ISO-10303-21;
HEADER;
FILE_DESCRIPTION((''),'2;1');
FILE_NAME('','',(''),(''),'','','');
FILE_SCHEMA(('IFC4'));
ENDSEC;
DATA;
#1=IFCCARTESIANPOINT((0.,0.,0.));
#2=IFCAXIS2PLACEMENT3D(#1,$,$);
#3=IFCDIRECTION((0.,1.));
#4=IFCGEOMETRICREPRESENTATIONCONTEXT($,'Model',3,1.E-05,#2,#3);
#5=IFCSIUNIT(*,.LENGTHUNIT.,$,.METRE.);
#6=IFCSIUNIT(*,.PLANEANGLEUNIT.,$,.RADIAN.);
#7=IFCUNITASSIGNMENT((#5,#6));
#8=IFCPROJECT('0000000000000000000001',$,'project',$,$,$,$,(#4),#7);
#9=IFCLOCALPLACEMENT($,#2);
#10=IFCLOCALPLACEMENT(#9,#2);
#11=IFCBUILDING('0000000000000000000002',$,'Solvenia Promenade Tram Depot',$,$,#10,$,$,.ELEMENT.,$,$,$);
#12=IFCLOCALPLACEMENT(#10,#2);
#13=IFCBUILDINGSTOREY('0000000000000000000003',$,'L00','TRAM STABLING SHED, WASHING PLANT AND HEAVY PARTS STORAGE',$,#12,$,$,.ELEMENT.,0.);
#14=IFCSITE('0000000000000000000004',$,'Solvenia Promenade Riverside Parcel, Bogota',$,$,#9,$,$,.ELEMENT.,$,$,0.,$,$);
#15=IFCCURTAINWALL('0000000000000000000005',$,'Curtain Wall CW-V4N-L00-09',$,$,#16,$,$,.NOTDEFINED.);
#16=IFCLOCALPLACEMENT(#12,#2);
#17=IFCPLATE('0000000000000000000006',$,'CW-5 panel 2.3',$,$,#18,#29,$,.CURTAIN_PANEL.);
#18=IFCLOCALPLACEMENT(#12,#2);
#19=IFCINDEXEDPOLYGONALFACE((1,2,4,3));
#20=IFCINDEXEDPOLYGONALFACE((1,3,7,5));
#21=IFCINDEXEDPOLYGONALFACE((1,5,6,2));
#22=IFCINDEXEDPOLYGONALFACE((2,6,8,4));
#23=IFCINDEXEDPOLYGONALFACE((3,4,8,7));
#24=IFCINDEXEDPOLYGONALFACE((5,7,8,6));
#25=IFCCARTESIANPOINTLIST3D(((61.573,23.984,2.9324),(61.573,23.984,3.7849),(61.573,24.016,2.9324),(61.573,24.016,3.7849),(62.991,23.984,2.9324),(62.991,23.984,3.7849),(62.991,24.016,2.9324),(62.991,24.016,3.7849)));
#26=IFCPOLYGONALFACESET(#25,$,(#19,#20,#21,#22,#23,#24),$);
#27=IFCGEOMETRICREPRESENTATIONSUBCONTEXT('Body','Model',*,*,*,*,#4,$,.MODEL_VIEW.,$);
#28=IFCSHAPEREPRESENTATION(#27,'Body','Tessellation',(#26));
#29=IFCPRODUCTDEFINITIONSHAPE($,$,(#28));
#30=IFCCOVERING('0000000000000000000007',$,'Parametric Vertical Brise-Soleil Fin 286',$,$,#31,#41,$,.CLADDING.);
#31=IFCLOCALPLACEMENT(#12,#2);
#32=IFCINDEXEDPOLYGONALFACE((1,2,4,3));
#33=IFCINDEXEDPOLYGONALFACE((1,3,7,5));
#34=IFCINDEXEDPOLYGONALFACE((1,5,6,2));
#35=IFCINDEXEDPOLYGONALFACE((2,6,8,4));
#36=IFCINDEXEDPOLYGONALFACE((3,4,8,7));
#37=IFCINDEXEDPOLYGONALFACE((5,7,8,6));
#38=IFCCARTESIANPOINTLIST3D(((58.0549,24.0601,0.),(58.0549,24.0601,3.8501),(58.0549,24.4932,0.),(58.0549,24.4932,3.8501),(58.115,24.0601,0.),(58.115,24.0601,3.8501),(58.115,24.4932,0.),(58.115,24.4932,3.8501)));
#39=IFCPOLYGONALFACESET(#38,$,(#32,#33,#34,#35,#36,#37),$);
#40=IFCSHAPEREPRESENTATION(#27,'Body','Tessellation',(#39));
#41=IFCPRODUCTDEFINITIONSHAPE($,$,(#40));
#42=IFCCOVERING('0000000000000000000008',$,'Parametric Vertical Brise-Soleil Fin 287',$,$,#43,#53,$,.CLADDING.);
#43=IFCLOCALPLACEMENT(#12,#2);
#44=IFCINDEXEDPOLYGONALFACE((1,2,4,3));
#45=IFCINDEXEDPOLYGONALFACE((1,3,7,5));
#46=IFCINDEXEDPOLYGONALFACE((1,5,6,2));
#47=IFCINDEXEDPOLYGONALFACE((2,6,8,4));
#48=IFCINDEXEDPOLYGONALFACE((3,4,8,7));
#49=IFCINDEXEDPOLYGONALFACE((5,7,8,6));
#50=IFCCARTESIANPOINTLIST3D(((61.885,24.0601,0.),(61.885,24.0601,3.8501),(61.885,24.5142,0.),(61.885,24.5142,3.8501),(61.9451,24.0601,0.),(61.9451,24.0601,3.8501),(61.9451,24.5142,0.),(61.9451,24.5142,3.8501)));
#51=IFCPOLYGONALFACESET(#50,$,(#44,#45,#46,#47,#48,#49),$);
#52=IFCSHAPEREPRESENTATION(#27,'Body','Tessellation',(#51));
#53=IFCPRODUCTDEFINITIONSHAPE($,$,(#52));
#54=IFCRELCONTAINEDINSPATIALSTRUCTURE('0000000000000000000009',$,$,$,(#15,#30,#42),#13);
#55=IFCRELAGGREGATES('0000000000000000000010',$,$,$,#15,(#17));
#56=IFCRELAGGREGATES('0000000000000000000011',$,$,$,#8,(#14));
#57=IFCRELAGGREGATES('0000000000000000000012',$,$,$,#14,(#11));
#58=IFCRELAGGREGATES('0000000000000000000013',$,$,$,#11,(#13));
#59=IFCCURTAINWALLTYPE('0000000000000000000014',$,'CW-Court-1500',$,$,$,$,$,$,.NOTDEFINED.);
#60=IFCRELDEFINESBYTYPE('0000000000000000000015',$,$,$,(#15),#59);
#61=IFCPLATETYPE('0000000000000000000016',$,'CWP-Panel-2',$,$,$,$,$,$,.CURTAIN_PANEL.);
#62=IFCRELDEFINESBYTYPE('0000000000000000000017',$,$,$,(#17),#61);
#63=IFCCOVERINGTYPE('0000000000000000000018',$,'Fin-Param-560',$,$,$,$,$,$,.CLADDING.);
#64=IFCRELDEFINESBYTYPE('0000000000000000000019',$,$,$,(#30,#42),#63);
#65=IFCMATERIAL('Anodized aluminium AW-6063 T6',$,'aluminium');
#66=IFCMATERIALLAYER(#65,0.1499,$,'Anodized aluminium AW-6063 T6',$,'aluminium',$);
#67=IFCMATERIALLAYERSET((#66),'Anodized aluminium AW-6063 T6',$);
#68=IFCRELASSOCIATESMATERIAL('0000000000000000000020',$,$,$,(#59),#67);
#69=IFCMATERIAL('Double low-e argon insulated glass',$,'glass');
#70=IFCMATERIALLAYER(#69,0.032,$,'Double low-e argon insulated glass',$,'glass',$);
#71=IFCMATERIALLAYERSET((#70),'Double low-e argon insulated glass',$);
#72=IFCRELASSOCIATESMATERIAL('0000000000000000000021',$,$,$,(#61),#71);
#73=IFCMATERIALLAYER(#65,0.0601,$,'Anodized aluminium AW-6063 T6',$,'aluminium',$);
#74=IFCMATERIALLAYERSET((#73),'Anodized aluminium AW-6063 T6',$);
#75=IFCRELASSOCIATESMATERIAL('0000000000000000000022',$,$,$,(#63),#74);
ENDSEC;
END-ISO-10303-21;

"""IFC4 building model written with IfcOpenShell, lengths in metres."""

from ifc_helpers import new_model, si_unit, direction, frame, origin, origin_2d, place, context, subcontext, project, spatial, rectangle, extrude, material, layer, layer_set, type_object, element, aggregate, save


model = new_model("IFC4")

# Units and contexts
model_context = context("Model", 3, precision=1e-05, world=origin(), true_north=direction((0.0, 1.0)))
body_context = subcontext(model_context, "Body", "Model", "MODEL_VIEW")
ifc_project = project(units=[si_unit("LENGTHUNIT", "METRE"), si_unit("PLANEANGLEUNIT", "RADIAN")], contexts=[model_context])

# Site, building, storey
site_placement = place(None, origin())
site = spatial("IfcSite", under=ifc_project, at=site_placement, Name="Solvenia Promenade Riverside Parcel, Bogota", CompositionType="ELEMENT", RefElevation=0.0)
building_placement = place(site_placement, origin())
building = spatial("IfcBuilding", under=site, at=building_placement, Name="Solvenia Promenade Tram Depot", CompositionType="ELEMENT")
storey_placement = place(building_placement, origin())
storey = spatial("IfcBuildingStorey", under=building, at=storey_placement, Name="L00", Description="TRAM STABLING SHED, WASHING PLANT AND HEAVY PARTS STORAGE", CompositionType="ELEMENT", Elevation=0.0)

# Curtain wall
ifc_material_1 = material(Name="Anodized aluminium AW-6063 T6", Category="aluminium")
ifc_layer_1 = layer(ifc_material_1, 0.1499, Name="Anodized aluminium AW-6063 T6", Category="aluminium")
ifc_layer_set_1 = layer_set([ifc_layer_1], Name="Anodized aluminium AW-6063 T6")
curtain_wall_type = type_object("IfcCurtainWallType", Name="CW-Court-1500", PredefinedType="NOTDEFINED", material=ifc_layer_set_1)
curtain_wall_1_placement = place(storey_placement, origin())
curtain_wall_1 = element("IfcCurtainWall", 1, at=curtain_wall_1_placement, inside=storey, type_object=curtain_wall_type, Name="Curtain Wall CW-V4N-L00-09", PredefinedType="NOTDEFINED")

# Plate
ifc_material_2 = material(Name="Double low-e argon insulated glass", Category="glass")
ifc_layer_2 = layer(ifc_material_2, 0.032, Name="Double low-e argon insulated glass", Category="glass")
ifc_layer_set_2 = layer_set([ifc_layer_2], Name="Double low-e argon insulated glass")
plate_type = type_object("IfcPlateType", Name="CWP-Panel-2", PredefinedType="CURTAIN_PANEL", material=ifc_layer_set_2)
plate_1_placement = place(storey_placement, frame((62.282, 24.0, 2.9324), z_axis=(0.0, 0.0, 1.0), x_axis=(1.0, 0.0, 0.0)))
plate_1 = element("IfcPlate", 2, at=plate_1_placement, type_object=plate_type, Name="CW-5 panel 2.3", PredefinedType="CURTAIN_PANEL", context=body_context, shape_type="SweptSolid", body=[
    extrude(rectangle(XDim=1.418, YDim=0.032, at=origin_2d()), origin(), (0.0, 0.0, 1.0), 0.8525),
])
aggregate(curtain_wall_1, [plate_1])

# Coverings
ifc_layer_3 = layer(ifc_material_1, 0.0601, Name="Anodized aluminium AW-6063 T6", Category="aluminium")
ifc_layer_set_3 = layer_set([ifc_layer_3], Name="Anodized aluminium AW-6063 T6")
covering_type = type_object("IfcCoveringType", Name="Fin-Param-560", PredefinedType="CLADDING", material=ifc_layer_set_3)
covering_1_placement = place(storey_placement, frame((58.085, 24.2766, 0.0), z_axis=(0.0, 0.0, 1.0), x_axis=(1.0, 0.0, 0.0)))
element("IfcCovering", 3, at=covering_1_placement, inside=storey, type_object=covering_type, Name="Parametric Vertical Brise-Soleil Fin 286", PredefinedType="CLADDING", context=body_context, shape_type="SweptSolid", body=[
    extrude(rectangle(XDim=0.0601, YDim=0.4331, at=origin_2d()), origin(), (0.0, 0.0, 1.0), 3.8501),
])
covering_2_placement = place(storey_placement, frame((61.915, 24.2871, 0.0), z_axis=(0.0, 0.0, 1.0), x_axis=(1.0, 0.0, 0.0)))
element("IfcCovering", 4, at=covering_2_placement, inside=storey, type_object=covering_type, Name="Parametric Vertical Brise-Soleil Fin 287", PredefinedType="CLADDING", context=body_context, shape_type="SweptSolid", body=[
    extrude(rectangle(XDim=0.0601, YDim=0.4541, at=origin_2d()), origin(), (0.0, 0.0, 1.0), 3.8501),
])

save(model, "model.ifc")
